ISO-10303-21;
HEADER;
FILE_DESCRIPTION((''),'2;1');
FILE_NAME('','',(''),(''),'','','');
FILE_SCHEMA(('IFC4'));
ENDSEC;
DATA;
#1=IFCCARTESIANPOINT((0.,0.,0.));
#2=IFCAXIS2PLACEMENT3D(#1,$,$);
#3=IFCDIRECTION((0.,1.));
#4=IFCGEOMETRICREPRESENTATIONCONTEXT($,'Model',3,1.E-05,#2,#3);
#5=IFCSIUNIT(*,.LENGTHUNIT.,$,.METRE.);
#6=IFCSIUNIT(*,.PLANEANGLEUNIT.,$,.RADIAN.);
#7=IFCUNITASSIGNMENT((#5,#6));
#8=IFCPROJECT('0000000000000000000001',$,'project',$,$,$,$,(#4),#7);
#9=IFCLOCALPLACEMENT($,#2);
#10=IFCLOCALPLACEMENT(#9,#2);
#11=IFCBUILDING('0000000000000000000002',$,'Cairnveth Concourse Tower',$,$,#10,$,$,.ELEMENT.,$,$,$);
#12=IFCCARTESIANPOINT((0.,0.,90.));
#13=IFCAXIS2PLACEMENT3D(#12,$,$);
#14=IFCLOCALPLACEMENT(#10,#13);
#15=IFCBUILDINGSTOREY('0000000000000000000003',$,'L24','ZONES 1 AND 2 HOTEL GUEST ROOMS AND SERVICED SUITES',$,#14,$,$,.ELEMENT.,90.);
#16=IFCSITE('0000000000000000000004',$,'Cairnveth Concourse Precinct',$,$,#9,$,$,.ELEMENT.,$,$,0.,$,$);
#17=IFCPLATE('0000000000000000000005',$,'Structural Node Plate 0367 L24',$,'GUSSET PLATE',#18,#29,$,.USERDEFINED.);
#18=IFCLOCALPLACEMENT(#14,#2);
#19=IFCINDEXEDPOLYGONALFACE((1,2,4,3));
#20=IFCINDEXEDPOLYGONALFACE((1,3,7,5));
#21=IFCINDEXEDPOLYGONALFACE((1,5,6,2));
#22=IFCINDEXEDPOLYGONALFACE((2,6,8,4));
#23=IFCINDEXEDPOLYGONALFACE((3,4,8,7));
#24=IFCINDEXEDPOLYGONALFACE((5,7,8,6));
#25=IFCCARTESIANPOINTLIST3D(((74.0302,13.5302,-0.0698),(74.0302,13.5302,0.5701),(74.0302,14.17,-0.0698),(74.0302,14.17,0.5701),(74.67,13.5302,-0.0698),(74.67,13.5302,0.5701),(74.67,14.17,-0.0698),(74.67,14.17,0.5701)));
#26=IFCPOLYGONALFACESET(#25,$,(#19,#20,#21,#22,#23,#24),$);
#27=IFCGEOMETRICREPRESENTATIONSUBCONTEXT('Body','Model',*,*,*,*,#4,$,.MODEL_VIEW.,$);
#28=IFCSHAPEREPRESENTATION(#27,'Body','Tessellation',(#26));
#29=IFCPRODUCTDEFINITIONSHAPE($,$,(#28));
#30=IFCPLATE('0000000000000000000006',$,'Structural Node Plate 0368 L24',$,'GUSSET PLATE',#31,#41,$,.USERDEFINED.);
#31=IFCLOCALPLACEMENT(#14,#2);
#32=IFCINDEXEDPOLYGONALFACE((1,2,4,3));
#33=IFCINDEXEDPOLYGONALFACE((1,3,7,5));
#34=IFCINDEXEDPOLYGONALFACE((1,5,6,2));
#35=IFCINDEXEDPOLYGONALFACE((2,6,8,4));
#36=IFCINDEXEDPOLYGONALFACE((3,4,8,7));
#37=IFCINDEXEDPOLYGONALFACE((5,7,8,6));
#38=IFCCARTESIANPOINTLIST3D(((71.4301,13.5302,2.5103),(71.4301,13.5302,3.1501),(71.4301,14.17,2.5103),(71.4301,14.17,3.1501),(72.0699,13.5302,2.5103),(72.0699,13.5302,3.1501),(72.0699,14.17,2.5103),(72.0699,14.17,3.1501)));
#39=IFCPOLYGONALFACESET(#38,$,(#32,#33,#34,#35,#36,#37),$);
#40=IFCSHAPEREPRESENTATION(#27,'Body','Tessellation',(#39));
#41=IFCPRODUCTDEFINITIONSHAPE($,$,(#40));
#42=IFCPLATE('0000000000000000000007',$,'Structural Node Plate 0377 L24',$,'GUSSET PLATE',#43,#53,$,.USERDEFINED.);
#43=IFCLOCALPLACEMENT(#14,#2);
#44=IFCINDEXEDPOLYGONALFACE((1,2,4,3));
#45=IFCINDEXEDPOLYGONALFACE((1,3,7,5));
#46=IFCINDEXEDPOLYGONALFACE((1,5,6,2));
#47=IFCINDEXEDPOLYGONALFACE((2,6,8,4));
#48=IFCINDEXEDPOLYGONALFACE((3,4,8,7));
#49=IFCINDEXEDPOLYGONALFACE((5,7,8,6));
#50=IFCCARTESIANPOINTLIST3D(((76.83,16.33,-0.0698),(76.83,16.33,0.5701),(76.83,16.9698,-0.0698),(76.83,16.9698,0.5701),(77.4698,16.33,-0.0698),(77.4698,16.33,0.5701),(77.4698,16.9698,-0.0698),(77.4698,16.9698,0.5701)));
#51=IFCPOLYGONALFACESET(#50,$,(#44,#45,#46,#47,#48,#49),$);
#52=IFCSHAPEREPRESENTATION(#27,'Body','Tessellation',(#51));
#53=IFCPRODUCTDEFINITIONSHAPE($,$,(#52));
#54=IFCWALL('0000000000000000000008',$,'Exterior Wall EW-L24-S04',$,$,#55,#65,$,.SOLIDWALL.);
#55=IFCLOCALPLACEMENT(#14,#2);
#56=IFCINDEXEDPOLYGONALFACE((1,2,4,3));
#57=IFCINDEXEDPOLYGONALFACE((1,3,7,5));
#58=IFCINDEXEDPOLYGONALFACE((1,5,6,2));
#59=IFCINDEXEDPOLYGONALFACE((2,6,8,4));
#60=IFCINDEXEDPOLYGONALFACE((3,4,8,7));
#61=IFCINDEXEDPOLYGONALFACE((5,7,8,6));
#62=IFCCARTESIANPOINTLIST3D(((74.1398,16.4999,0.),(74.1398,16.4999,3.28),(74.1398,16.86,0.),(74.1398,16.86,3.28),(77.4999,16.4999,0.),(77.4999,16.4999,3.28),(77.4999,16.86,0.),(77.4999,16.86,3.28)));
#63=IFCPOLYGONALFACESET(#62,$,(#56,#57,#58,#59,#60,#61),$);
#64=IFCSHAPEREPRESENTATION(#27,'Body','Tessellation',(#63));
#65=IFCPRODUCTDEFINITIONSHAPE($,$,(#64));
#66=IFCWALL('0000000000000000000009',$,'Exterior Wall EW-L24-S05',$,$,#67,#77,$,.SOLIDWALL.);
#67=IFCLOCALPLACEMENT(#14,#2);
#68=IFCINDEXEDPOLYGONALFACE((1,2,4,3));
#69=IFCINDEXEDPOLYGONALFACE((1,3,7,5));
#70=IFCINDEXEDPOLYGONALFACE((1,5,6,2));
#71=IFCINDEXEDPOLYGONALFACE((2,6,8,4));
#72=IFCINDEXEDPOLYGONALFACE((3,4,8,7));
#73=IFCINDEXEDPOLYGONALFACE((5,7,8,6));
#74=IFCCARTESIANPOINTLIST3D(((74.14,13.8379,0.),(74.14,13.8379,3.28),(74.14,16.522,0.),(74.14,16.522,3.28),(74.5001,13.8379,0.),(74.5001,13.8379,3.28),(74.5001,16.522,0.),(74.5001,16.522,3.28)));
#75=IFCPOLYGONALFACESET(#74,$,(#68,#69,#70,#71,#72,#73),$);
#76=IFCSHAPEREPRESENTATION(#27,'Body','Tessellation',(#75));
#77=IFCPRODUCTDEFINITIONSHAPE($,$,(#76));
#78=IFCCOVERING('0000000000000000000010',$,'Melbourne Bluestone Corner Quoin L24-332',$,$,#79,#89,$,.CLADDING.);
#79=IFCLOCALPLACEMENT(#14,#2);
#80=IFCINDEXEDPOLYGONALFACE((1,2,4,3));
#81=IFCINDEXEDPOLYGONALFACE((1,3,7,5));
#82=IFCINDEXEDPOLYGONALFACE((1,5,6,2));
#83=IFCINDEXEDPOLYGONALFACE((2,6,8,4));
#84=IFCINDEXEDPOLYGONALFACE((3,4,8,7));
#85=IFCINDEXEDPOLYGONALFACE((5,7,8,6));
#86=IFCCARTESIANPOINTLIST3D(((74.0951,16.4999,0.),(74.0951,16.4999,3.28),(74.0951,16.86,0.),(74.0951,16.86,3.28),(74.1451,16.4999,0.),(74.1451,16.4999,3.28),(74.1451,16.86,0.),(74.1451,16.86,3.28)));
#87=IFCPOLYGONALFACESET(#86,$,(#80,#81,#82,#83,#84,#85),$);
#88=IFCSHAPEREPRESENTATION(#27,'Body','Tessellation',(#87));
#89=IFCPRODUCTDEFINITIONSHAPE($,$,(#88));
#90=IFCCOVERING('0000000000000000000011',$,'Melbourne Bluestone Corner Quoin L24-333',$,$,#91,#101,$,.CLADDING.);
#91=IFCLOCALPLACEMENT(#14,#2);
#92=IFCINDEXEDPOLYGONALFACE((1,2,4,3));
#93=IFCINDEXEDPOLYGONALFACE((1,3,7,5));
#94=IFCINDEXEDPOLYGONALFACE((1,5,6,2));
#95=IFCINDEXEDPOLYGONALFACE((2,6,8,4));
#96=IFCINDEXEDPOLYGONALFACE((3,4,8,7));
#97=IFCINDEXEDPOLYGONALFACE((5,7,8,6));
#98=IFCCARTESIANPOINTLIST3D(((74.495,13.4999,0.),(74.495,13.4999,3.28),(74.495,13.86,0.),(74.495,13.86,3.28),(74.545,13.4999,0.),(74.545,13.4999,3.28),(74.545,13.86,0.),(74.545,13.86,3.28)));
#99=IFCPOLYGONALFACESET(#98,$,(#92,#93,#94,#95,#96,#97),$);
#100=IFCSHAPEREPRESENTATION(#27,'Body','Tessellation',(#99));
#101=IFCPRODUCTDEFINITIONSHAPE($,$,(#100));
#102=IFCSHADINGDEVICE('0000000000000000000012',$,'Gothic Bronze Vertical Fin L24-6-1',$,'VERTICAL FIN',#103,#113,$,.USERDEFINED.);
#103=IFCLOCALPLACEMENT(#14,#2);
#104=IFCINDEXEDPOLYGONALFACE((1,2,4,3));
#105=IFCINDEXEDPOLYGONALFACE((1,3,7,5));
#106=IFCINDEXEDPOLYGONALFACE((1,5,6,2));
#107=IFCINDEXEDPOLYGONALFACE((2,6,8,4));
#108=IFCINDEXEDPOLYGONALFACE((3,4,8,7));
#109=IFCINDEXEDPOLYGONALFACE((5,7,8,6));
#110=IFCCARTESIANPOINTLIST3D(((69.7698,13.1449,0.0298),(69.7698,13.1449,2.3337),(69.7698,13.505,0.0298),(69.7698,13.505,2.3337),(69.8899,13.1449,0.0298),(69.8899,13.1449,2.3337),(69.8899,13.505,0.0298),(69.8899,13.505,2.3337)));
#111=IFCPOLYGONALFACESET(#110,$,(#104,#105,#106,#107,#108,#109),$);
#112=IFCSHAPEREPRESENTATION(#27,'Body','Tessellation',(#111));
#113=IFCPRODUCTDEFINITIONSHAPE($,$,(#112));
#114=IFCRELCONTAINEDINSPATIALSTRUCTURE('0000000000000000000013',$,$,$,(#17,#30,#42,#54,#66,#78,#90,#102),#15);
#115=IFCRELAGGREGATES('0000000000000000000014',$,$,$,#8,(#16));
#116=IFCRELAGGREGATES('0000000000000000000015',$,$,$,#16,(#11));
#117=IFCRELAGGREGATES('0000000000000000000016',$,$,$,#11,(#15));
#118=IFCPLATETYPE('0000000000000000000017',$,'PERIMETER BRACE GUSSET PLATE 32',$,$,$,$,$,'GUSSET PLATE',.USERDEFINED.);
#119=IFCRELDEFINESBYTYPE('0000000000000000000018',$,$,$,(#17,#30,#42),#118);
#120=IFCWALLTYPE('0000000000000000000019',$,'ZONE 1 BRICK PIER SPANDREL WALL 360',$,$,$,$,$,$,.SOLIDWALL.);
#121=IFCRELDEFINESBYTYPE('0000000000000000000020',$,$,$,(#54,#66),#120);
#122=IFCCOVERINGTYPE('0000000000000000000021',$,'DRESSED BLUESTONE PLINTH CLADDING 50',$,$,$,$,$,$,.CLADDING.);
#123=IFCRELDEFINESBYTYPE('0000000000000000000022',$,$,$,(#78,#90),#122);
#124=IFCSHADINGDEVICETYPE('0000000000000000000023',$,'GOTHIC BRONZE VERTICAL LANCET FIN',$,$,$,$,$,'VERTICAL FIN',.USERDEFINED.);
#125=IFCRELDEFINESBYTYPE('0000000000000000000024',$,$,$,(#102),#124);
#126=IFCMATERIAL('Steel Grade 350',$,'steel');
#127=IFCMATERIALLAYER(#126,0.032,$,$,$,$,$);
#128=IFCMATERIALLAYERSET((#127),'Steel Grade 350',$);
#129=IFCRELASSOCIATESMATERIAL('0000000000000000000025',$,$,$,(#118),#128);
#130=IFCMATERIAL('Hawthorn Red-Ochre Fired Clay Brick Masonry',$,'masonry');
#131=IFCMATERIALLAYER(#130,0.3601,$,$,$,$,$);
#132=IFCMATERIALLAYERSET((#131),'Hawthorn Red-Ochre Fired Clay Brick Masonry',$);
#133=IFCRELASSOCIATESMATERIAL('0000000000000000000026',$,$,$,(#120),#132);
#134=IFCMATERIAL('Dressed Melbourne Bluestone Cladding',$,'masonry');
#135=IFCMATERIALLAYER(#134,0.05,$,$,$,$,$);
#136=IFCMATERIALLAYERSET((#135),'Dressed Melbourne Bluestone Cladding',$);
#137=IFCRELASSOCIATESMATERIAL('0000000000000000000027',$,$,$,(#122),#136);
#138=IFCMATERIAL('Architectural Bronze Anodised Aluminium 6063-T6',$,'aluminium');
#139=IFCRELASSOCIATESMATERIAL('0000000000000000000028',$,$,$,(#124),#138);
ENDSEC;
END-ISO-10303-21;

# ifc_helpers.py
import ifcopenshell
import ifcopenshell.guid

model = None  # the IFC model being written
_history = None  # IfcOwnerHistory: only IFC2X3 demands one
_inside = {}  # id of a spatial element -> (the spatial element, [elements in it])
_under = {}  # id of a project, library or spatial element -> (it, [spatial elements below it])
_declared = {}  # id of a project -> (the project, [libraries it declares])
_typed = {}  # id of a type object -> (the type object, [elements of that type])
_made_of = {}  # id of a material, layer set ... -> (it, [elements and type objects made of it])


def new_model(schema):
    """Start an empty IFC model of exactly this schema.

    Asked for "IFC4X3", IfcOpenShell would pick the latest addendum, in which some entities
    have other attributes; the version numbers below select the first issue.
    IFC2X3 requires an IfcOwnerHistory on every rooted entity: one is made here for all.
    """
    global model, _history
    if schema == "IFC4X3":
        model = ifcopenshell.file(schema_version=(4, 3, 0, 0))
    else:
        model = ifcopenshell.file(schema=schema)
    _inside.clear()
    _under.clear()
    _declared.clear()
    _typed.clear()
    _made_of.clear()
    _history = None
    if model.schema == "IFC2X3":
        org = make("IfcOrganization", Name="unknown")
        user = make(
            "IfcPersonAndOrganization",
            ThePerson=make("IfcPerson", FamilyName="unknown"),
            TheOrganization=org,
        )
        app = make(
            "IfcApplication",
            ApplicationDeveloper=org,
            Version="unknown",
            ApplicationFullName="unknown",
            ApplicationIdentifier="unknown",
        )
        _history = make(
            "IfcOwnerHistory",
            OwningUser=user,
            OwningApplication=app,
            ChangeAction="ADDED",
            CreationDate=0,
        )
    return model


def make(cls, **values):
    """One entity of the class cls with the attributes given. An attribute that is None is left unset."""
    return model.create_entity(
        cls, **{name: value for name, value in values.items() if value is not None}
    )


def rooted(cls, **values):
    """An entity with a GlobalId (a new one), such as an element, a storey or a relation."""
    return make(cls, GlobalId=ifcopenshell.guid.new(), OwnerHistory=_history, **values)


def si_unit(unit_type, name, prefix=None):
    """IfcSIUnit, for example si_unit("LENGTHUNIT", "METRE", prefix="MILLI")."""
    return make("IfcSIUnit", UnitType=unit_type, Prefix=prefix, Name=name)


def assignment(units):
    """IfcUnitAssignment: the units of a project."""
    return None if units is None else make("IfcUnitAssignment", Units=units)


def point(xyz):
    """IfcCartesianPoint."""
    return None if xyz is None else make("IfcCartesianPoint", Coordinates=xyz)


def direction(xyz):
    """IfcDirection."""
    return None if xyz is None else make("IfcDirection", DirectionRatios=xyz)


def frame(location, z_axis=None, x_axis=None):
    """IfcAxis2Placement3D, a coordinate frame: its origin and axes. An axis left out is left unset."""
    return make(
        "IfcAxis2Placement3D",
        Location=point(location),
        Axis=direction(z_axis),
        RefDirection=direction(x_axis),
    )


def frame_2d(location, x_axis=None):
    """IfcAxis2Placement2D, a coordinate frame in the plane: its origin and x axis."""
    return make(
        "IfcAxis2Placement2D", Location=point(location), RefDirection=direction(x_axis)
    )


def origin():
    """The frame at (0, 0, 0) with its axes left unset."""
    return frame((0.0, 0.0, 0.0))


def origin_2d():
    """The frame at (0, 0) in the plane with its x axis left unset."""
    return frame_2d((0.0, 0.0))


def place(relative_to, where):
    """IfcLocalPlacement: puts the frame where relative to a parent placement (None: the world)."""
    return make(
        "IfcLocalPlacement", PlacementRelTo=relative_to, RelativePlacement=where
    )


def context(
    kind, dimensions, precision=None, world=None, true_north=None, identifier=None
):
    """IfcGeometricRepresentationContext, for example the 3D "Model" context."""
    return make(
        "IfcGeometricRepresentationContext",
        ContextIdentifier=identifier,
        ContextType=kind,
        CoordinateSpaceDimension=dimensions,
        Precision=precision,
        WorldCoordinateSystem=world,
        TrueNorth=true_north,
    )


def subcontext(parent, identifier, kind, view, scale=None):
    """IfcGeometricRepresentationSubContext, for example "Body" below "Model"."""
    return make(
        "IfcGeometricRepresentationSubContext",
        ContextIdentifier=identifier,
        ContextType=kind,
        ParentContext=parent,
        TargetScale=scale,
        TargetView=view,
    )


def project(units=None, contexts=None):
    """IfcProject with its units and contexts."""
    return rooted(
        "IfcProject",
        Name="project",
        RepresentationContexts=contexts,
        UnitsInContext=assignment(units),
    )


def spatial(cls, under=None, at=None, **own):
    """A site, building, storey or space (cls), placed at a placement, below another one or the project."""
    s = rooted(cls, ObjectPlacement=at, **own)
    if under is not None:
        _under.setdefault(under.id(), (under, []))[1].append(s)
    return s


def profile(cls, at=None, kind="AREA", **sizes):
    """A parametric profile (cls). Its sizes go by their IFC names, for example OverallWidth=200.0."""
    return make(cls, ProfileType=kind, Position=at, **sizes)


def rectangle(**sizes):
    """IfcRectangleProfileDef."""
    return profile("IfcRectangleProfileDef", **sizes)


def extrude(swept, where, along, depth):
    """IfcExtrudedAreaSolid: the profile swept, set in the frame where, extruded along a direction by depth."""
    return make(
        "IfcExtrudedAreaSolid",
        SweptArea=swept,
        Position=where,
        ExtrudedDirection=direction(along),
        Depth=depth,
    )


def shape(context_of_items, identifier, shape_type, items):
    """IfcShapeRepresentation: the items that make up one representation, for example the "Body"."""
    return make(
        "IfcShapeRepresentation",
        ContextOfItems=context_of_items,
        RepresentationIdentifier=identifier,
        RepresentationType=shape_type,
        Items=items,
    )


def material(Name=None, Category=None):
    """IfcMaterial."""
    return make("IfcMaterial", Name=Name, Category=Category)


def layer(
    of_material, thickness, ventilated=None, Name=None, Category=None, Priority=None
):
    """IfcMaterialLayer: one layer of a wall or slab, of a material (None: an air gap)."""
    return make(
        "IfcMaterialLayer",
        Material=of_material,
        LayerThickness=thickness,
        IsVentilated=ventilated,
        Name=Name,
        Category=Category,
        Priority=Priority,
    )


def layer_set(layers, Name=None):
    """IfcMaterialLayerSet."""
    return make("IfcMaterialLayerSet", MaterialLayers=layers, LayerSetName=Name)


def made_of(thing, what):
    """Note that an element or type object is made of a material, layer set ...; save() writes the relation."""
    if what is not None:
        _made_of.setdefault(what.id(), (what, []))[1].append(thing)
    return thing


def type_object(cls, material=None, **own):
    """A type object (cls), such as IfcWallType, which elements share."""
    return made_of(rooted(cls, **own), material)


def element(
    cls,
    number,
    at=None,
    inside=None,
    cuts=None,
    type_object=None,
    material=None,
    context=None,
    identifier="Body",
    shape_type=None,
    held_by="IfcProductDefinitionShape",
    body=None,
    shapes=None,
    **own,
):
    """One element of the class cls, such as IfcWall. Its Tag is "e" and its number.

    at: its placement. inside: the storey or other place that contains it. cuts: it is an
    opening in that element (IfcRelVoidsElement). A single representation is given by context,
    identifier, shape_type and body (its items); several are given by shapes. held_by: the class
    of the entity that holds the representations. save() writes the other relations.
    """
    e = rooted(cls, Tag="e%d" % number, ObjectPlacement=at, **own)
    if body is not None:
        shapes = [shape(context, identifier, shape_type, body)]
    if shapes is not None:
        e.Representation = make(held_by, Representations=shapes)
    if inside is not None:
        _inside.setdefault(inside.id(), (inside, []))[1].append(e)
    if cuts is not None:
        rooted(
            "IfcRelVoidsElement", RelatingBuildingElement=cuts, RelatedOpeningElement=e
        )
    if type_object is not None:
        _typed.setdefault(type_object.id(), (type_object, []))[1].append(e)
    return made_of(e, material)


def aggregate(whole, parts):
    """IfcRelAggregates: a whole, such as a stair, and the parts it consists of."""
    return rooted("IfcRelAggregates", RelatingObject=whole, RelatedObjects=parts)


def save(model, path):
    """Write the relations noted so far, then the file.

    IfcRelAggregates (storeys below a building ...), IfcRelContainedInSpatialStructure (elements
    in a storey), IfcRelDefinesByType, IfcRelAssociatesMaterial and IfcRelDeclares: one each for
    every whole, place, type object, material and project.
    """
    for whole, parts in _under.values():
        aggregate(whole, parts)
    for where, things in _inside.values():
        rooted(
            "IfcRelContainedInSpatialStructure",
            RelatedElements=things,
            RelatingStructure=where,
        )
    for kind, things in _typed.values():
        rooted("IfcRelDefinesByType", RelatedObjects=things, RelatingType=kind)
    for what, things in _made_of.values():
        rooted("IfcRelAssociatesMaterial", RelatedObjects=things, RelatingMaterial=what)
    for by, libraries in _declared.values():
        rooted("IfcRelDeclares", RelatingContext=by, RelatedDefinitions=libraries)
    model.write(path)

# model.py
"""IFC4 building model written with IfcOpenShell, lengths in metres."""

from ifc_helpers import new_model, si_unit, direction, frame, frame_2d, origin, origin_2d, place, context, subcontext, project, spatial, rectangle, extrude, material, layer, layer_set, type_object, element, save


model = new_model("IFC4")

# Units and contexts
model_context = context("Model", 3, precision=1e-05, world=origin(), true_north=direction((0.0, 1.0)))
body_context = subcontext(model_context, "Body", "Model", "MODEL_VIEW")
ifc_project = project(units=[si_unit("LENGTHUNIT", "METRE"), si_unit("PLANEANGLEUNIT", "RADIAN")], contexts=[model_context])

# Site, building, storey
site_placement = place(None, origin())
site = spatial("IfcSite", under=ifc_project, at=site_placement, Name="Cairnveth Concourse Precinct", CompositionType="ELEMENT", RefElevation=0.0)
building_placement = place(site_placement, origin())
building = spatial("IfcBuilding", under=site, at=building_placement, Name="Cairnveth Concourse Tower", CompositionType="ELEMENT")
storey_placement = place(building_placement, frame((0.0, 0.0, 90.0)))
storey = spatial("IfcBuildingStorey", under=building, at=storey_placement, Name="L24", Description="ZONES 1 AND 2 HOTEL GUEST ROOMS AND SERVICED SUITES", CompositionType="ELEMENT", Elevation=90.0)

# Shared definitions
ifc_material_1 = material(Name="Steel Grade 350", Category="steel")

# Plates
ifc_layer_1 = layer(ifc_material_1, 0.032)
ifc_layer_set_1 = layer_set([ifc_layer_1], Name="Steel Grade 350")
plate_type = type_object("IfcPlateType", Name="PERIMETER BRACE GUSSET PLATE 32", ElementType="GUSSET PLATE", PredefinedType="USERDEFINED", material=ifc_layer_set_1)
for number, where, z_axis, x_axis, name in (
    (1, (74.3501, 13.8501, -0.0698), (0.0, 0.0, 1.0), (1.0, 0.0, 0.0), "Structural Node Plate 0367 L24"),
    (2, (71.75, 13.8501, 2.5103), (0.0, 0.0, 1.0), (1.0, 0.0, 0.0), "Structural Node Plate 0368 L24"),
    (3, (77.1499, 16.6499, -0.0698), (0.0, 0.0, 1.0), (1.0, 0.0, 0.0), "Structural Node Plate 0377 L24"),
):
    element("IfcPlate", number, at=place(storey_placement, frame(where, z_axis=z_axis, x_axis=x_axis)), inside=storey, type_object=plate_type, Name=name, ObjectType="GUSSET PLATE", PredefinedType="USERDEFINED", context=body_context, shape_type="SweptSolid", body=[
        extrude(rectangle(XDim=0.6399, YDim=0.6399, at=origin_2d()), origin(), (0.0, 0.0, 1.0), 0.6399),
    ])

# Walls
ifc_material_2 = material(Name="Hawthorn Red-Ochre Fired Clay Brick Masonry", Category="masonry")
ifc_layer_2 = layer(ifc_material_2, 0.3601)
ifc_layer_set_2 = layer_set([ifc_layer_2], Name="Hawthorn Red-Ochre Fired Clay Brick Masonry")
wall_type = type_object("IfcWallType", Name="ZONE 1 BRICK PIER SPANDREL WALL 360", PredefinedType="SOLIDWALL", material=ifc_layer_set_2)
wall_1_placement = place(storey_placement, frame((77.5, 16.6799, 0.0), z_axis=(0.0, 0.0, 1.0), x_axis=(-1.0, 0.0, 0.0)))
element("IfcWall", 4, at=wall_1_placement, inside=storey, type_object=wall_type, Name="Exterior Wall EW-L24-S04", PredefinedType="SOLIDWALL", context=body_context, shape_type="SweptSolid", body=[
    extrude(rectangle(XDim=3.3601, YDim=0.3601, at=frame_2d((1.6802, 0.0))), origin(), (0.0, 0.0, 1.0), 3.28),
])
wall_2_placement = place(storey_placement, frame((74.3201, 16.522, 0.0), z_axis=(0.0, 0.0, 1.0), x_axis=(0.0, -1.0, 0.0)))
element("IfcWall", 5, at=wall_2_placement, inside=storey, type_object=wall_type, Name="Exterior Wall EW-L24-S05", PredefinedType="SOLIDWALL", context=body_context, shape_type="SweptSolid", body=[
    extrude(rectangle(XDim=2.6841, YDim=0.3601, at=frame_2d((1.342, 0.0))), origin(), (0.0, 0.0, 1.0), 3.28),
])

# Coverings
ifc_material_3 = material(Name="Dressed Melbourne Bluestone Cladding", Category="masonry")
ifc_layer_3 = layer(ifc_material_3, 0.05)
ifc_layer_set_3 = layer_set([ifc_layer_3], Name="Dressed Melbourne Bluestone Cladding")
covering_type = type_object("IfcCoveringType", Name="DRESSED BLUESTONE PLINTH CLADDING 50", PredefinedType="CLADDING", material=ifc_layer_set_3)
for number, where, z_axis, x_axis, name in (
    (6, (74.1201, 16.8601, 0.0), (0.0, 0.0, 1.0), (0.0, -1.0, 0.0), "Melbourne Bluestone Corner Quoin L24-332"),
    (7, (74.52, 13.8601, 0.0), (0.0, 0.0, 1.0), (0.0, -1.0, 0.0), "Melbourne Bluestone Corner Quoin L24-333"),
):
    element("IfcCovering", number, at=place(storey_placement, frame(where, z_axis=z_axis, x_axis=x_axis)), inside=storey, type_object=covering_type, Name=name, PredefinedType="CLADDING", context=body_context, shape_type="SweptSolid", body=[
        extrude(rectangle(XDim=0.3601, YDim=0.05, at=frame_2d((0.1802, 0.0))), origin(), (0.0, 0.0, 1.0), 3.28),
    ])

# Shading device
ifc_material_4 = material(Name="Architectural Bronze Anodised Aluminium 6063-T6", Category="aluminium")
shading_device_type = type_object("IfcShadingDeviceType", Name="GOTHIC BRONZE VERTICAL LANCET FIN", ElementType="VERTICAL FIN", PredefinedType="USERDEFINED", material=ifc_material_4)
shading_device_placement = place(storey_placement, frame((69.8298, 13.325, 0.0298), z_axis=(0.0, 0.0, 1.0), x_axis=(1.0, 0.0, 0.0)))
element("IfcShadingDevice", 8, at=shading_device_placement, inside=storey, type_object=shading_device_type, Name="Gothic Bronze Vertical Fin L24-6-1", ObjectType="VERTICAL FIN", PredefinedType="USERDEFINED", context=body_context, shape_type="SweptSolid", body=[
    extrude(rectangle(XDim=0.1201, YDim=0.3601, at=origin_2d()), origin(), (0.0, 0.0, 1.0), 2.304),
])

save(model, "model.ifc")
